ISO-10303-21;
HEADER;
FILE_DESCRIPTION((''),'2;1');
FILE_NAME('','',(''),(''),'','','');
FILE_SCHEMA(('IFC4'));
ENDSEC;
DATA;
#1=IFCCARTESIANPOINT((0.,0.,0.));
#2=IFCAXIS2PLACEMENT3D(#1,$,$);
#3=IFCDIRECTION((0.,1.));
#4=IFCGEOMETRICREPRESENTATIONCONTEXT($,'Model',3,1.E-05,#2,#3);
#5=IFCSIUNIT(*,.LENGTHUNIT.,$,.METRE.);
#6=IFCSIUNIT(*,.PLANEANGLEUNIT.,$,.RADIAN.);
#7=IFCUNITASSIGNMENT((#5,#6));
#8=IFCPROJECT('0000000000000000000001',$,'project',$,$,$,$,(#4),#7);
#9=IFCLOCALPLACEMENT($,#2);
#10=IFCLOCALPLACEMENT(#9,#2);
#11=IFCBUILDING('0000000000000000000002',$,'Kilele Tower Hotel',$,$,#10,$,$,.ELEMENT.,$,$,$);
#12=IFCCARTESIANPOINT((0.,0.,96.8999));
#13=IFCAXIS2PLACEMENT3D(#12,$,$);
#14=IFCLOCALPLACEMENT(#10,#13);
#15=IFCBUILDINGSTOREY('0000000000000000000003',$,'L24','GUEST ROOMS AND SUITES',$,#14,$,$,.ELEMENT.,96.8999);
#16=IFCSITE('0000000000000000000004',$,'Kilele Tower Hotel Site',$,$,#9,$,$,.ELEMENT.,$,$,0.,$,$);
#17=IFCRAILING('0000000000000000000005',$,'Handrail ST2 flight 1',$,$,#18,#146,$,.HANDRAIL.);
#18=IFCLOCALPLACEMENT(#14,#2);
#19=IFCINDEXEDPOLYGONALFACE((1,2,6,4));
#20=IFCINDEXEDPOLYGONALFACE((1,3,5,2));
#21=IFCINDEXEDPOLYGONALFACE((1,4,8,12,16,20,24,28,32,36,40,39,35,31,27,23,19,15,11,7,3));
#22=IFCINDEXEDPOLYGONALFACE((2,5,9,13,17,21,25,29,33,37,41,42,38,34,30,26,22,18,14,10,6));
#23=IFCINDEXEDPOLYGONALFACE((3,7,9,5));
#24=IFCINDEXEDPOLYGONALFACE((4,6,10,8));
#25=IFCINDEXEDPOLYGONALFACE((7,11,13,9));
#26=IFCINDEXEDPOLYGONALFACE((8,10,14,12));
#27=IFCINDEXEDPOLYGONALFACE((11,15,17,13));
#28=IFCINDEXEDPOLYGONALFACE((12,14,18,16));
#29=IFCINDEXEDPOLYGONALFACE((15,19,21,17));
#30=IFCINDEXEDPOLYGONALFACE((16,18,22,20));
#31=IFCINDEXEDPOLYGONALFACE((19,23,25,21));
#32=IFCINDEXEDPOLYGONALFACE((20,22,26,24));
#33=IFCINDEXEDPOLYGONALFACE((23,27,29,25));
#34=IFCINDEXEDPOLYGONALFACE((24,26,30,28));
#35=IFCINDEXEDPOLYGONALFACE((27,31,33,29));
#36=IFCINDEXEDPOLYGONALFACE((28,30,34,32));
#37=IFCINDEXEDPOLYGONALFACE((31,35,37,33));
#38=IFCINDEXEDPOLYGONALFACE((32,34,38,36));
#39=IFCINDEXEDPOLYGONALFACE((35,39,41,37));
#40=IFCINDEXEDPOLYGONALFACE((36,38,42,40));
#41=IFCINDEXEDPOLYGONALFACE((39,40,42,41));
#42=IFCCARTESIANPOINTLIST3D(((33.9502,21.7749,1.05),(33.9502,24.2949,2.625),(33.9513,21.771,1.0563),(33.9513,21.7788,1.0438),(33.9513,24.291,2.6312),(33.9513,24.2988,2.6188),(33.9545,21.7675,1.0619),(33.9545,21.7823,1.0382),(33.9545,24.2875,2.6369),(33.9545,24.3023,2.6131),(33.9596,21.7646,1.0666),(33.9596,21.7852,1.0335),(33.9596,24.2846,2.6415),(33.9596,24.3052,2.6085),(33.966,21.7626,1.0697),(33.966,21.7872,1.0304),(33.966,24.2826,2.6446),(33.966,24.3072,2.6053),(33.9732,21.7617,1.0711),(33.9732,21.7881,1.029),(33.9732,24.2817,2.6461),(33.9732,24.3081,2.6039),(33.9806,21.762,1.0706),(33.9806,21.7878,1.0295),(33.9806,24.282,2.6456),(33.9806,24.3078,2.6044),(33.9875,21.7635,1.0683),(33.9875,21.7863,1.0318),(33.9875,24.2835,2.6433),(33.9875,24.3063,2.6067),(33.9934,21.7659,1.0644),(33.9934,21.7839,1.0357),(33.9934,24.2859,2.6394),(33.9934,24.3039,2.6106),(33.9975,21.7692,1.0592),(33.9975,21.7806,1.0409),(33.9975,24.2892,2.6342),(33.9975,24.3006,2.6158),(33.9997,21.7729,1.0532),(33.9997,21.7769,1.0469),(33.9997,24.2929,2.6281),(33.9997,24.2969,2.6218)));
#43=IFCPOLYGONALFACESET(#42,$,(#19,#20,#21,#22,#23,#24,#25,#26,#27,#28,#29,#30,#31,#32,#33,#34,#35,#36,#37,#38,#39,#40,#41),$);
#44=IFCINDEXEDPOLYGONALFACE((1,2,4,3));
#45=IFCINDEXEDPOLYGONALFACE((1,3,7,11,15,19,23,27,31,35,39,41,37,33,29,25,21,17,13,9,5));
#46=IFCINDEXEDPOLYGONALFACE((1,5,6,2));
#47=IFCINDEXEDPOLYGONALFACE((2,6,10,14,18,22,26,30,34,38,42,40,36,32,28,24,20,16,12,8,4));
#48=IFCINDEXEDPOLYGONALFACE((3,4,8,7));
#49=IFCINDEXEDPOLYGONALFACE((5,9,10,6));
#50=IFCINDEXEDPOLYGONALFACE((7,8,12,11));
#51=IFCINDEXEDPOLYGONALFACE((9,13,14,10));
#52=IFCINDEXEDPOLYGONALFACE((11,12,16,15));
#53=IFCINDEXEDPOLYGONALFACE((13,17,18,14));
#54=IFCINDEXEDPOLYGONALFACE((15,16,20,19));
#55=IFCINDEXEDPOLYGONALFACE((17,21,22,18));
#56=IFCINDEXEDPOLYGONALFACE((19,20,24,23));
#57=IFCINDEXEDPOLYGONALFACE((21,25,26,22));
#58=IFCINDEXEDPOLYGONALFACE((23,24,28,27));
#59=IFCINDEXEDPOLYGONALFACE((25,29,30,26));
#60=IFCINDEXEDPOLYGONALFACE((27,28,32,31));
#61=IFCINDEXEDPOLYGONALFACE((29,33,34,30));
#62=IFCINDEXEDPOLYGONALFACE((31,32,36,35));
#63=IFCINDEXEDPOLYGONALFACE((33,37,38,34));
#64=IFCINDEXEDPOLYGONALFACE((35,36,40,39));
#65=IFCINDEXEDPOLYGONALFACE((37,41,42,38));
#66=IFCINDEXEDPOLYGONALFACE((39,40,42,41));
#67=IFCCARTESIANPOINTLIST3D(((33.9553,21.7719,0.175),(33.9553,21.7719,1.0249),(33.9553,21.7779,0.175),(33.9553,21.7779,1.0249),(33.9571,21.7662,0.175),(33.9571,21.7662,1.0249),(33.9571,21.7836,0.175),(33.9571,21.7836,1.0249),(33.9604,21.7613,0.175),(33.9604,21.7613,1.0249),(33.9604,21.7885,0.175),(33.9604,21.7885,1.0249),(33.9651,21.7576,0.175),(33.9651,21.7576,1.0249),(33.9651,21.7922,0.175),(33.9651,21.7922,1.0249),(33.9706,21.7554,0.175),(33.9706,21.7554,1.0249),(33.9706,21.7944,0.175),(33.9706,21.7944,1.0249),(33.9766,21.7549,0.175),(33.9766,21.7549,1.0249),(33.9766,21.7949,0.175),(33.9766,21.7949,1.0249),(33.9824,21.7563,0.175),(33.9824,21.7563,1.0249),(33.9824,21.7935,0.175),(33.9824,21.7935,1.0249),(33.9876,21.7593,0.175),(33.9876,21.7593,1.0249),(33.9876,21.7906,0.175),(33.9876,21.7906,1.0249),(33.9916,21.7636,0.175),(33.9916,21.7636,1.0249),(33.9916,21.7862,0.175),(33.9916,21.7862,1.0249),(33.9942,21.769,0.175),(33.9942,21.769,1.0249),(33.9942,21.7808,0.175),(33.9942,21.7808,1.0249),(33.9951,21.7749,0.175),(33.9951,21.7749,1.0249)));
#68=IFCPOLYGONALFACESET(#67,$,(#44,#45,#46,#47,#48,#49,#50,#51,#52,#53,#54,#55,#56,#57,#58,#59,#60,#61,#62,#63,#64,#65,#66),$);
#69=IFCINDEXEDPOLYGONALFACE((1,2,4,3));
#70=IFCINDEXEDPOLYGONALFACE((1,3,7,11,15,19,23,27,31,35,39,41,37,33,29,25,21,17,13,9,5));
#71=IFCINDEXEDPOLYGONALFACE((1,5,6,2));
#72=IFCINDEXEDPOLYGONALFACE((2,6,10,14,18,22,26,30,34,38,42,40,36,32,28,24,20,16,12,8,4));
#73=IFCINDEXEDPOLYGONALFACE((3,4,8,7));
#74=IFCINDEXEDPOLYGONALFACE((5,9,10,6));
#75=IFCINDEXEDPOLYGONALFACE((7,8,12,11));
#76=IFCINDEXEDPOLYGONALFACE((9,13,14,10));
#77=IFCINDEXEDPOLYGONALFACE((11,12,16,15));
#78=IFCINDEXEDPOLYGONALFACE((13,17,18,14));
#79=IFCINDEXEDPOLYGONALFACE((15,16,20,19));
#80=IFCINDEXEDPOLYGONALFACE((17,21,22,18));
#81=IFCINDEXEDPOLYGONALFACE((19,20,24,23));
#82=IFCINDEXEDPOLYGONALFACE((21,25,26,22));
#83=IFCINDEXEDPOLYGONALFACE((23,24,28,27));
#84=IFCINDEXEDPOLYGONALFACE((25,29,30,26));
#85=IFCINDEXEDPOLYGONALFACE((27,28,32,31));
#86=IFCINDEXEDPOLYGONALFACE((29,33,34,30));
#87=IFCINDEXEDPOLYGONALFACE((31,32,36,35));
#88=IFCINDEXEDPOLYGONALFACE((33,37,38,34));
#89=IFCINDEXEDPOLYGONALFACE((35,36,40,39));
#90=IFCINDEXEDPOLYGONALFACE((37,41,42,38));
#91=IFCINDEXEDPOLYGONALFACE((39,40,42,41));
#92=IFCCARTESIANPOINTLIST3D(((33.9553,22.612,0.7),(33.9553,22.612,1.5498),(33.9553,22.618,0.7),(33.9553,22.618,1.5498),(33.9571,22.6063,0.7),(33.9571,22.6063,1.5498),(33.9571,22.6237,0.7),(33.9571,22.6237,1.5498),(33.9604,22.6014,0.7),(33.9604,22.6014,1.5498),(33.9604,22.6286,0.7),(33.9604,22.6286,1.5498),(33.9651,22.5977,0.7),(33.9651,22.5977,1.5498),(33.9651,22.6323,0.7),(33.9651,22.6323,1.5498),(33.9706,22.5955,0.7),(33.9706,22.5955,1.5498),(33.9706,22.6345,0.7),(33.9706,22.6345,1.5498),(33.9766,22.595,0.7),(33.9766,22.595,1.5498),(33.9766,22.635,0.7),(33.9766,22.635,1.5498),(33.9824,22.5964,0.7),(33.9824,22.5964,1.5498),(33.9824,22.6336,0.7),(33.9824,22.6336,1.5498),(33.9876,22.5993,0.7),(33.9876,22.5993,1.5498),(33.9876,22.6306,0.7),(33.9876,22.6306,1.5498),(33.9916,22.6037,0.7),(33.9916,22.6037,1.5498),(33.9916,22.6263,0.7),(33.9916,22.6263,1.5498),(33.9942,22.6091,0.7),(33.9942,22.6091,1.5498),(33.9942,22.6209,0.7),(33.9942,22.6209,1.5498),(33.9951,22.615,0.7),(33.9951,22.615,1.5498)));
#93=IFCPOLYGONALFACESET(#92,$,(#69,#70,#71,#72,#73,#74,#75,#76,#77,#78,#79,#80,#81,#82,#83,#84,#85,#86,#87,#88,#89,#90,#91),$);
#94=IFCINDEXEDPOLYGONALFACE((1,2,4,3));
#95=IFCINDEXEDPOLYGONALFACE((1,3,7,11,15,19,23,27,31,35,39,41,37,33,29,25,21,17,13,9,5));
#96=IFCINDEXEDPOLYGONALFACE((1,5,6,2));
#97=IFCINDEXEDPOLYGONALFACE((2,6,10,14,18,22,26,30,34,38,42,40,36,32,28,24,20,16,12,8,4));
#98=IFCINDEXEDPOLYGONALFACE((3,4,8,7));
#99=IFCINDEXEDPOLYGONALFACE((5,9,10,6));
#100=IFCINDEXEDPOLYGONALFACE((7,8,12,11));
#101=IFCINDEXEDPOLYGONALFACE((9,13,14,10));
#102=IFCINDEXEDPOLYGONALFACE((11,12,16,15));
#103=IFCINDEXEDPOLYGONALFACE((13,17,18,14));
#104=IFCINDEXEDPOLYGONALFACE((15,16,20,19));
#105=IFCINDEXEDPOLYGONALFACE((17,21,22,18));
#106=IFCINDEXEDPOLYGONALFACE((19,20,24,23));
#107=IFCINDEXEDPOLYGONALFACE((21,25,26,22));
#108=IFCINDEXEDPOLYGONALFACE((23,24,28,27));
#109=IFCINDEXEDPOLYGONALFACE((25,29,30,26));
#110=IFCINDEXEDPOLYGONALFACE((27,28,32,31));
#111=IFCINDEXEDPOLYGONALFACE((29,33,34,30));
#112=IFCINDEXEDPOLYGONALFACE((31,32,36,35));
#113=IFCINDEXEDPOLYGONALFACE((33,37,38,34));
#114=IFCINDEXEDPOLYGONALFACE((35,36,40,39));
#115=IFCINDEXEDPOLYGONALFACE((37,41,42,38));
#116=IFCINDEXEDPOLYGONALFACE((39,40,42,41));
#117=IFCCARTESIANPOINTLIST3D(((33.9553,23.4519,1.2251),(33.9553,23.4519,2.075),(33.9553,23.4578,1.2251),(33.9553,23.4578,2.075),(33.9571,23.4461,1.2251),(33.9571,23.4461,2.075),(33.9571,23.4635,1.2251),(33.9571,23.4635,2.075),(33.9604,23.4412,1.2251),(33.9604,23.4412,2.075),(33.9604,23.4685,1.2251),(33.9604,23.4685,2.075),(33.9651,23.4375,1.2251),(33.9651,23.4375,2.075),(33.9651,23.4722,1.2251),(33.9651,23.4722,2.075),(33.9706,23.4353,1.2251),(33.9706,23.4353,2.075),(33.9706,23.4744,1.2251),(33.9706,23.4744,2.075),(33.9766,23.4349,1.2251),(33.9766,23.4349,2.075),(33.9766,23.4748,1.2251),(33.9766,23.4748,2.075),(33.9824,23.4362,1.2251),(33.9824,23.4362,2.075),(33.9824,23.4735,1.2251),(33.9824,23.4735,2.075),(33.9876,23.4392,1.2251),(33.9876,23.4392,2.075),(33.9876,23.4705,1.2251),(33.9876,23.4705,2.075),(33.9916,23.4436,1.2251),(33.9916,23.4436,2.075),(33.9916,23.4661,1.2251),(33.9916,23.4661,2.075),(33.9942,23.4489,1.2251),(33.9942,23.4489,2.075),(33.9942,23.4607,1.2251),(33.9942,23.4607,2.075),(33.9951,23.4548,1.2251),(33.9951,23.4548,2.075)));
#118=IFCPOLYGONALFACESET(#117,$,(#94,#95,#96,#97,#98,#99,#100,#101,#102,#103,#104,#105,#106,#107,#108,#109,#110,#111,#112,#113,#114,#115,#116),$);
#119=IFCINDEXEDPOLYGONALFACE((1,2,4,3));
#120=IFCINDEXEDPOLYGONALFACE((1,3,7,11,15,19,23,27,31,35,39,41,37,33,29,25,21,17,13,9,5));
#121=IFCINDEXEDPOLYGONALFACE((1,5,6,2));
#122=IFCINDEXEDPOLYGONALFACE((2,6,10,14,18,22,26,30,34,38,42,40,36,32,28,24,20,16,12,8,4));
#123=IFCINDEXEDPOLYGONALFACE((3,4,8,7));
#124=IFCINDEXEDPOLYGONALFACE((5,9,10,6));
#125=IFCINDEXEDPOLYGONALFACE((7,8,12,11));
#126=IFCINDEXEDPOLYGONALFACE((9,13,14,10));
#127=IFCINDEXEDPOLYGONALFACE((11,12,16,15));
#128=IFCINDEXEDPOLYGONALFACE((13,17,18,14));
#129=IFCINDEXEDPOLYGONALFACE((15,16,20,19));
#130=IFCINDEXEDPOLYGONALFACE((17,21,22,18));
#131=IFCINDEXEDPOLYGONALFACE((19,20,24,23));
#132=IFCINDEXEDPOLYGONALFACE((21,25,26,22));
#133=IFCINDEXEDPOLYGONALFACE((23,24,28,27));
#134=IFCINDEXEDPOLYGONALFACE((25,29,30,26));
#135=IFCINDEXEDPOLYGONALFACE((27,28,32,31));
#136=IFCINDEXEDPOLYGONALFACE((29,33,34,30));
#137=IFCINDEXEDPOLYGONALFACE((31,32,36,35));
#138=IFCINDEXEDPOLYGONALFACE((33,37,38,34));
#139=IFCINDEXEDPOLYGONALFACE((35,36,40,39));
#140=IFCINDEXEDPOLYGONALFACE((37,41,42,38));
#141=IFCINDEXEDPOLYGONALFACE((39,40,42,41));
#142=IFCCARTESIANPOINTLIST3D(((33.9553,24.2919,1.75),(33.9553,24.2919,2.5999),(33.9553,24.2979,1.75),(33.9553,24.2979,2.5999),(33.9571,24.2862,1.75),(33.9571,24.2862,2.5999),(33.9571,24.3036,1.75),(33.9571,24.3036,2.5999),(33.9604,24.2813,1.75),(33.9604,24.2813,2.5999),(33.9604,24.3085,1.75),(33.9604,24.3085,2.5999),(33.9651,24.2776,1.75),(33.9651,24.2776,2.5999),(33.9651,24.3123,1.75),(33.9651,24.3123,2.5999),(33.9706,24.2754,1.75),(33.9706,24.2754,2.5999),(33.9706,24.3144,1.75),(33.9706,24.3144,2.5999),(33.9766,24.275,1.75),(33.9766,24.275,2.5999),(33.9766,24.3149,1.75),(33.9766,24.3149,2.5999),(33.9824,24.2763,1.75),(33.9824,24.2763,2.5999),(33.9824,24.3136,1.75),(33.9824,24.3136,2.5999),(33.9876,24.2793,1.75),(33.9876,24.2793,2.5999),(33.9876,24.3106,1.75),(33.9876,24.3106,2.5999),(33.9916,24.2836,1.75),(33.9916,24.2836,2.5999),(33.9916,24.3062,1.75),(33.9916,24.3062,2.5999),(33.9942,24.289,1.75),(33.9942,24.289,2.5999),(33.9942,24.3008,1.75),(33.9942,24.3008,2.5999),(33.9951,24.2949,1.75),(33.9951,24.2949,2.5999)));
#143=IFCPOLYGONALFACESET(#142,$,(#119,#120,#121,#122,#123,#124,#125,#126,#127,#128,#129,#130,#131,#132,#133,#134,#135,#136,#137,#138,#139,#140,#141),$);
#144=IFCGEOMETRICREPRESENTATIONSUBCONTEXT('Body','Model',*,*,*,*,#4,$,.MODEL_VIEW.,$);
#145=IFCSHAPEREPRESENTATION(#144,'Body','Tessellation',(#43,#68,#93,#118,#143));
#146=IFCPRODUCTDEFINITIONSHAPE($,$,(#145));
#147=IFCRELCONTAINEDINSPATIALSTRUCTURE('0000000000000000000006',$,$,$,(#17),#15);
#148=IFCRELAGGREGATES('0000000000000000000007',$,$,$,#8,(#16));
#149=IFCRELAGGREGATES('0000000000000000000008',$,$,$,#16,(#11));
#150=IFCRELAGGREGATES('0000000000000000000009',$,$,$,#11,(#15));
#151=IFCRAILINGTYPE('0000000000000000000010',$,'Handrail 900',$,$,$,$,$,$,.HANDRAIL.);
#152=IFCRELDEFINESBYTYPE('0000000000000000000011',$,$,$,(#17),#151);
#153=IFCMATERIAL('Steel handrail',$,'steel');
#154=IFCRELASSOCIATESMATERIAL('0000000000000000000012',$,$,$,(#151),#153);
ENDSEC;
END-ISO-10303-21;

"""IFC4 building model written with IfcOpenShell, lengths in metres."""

from ifc_helpers import new_model, si_unit, direction, frame, origin, origin_2d, place, context, subcontext, project, spatial, circle, extrude, material, type_object, element, save


model = new_model("IFC4")

# Units and contexts
model_context = context("Model", 3, precision=1e-05, world=origin(), true_north=direction((0.0, 1.0)))
body_context = subcontext(model_context, "Body", "Model", "MODEL_VIEW")
ifc_project = project(units=[si_unit("LENGTHUNIT", "METRE"), si_unit("PLANEANGLEUNIT", "RADIAN")], contexts=[model_context])

# Site, building, storey
site_placement = place(None, origin())
site = spatial("IfcSite", under=ifc_project, at=site_placement, Name="Kilele Tower Hotel Site", CompositionType="ELEMENT", RefElevation=0.0)
building_placement = place(site_placement, origin())
building = spatial("IfcBuilding", under=site, at=building_placement, Name="Kilele Tower Hotel", CompositionType="ELEMENT")
storey_placement = place(building_placement, frame((0.0, 0.0, 96.8999)))
storey = spatial("IfcBuildingStorey", under=building, at=storey_placement, Name="L24", Description="GUEST ROOMS AND SUITES", CompositionType="ELEMENT", Elevation=96.8999)

# Railing
ifc_material_1 = material(Name="Steel handrail", Category="steel")
railing_type_1 = type_object("IfcRailingType", Name="Handrail 900", PredefinedType="HANDRAIL", material=ifc_material_1)
for number, where, name in (
    (1, (33.9751, 21.7749, 0.175), "Handrail ST2 flight 1"),
):
    element("IfcRailing", number, at=place(storey_placement, frame(where)), inside=storey, type_object=railing_type_1, Name=name, PredefinedType="HANDRAIL", context=body_context, shape_type="SweptSolid", body=[
        extrude(circle(Radius=0.0249, at=origin_2d()), frame((0.0, 0.0, 0.875), z_axis=(0.0, 0.848008, 0.529984), x_axis=(-1.0, 0.0, 0.0)), (0.0, 0.0, 1.0), 2.9717),
        extrude(circle(Radius=0.02, at=origin_2d()), origin(), (0.0, 0.0, 1.0), 0.8499),
        extrude(circle(Radius=0.02, at=origin_2d()), frame((0.0, 0.8401, 0.5249)), (0.0, 0.0, 1.0), 0.8499),
        extrude(circle(Radius=0.02, at=origin_2d()), frame((0.0, 1.6799, 1.05)), (0.0, 0.0, 1.0), 0.8499),
        extrude(circle(Radius=0.02, at=origin_2d()), frame((0.0, 2.52, 1.575)), (0.0, 0.0, 1.0), 0.8499),
    ])

save(model, "model.ifc")
